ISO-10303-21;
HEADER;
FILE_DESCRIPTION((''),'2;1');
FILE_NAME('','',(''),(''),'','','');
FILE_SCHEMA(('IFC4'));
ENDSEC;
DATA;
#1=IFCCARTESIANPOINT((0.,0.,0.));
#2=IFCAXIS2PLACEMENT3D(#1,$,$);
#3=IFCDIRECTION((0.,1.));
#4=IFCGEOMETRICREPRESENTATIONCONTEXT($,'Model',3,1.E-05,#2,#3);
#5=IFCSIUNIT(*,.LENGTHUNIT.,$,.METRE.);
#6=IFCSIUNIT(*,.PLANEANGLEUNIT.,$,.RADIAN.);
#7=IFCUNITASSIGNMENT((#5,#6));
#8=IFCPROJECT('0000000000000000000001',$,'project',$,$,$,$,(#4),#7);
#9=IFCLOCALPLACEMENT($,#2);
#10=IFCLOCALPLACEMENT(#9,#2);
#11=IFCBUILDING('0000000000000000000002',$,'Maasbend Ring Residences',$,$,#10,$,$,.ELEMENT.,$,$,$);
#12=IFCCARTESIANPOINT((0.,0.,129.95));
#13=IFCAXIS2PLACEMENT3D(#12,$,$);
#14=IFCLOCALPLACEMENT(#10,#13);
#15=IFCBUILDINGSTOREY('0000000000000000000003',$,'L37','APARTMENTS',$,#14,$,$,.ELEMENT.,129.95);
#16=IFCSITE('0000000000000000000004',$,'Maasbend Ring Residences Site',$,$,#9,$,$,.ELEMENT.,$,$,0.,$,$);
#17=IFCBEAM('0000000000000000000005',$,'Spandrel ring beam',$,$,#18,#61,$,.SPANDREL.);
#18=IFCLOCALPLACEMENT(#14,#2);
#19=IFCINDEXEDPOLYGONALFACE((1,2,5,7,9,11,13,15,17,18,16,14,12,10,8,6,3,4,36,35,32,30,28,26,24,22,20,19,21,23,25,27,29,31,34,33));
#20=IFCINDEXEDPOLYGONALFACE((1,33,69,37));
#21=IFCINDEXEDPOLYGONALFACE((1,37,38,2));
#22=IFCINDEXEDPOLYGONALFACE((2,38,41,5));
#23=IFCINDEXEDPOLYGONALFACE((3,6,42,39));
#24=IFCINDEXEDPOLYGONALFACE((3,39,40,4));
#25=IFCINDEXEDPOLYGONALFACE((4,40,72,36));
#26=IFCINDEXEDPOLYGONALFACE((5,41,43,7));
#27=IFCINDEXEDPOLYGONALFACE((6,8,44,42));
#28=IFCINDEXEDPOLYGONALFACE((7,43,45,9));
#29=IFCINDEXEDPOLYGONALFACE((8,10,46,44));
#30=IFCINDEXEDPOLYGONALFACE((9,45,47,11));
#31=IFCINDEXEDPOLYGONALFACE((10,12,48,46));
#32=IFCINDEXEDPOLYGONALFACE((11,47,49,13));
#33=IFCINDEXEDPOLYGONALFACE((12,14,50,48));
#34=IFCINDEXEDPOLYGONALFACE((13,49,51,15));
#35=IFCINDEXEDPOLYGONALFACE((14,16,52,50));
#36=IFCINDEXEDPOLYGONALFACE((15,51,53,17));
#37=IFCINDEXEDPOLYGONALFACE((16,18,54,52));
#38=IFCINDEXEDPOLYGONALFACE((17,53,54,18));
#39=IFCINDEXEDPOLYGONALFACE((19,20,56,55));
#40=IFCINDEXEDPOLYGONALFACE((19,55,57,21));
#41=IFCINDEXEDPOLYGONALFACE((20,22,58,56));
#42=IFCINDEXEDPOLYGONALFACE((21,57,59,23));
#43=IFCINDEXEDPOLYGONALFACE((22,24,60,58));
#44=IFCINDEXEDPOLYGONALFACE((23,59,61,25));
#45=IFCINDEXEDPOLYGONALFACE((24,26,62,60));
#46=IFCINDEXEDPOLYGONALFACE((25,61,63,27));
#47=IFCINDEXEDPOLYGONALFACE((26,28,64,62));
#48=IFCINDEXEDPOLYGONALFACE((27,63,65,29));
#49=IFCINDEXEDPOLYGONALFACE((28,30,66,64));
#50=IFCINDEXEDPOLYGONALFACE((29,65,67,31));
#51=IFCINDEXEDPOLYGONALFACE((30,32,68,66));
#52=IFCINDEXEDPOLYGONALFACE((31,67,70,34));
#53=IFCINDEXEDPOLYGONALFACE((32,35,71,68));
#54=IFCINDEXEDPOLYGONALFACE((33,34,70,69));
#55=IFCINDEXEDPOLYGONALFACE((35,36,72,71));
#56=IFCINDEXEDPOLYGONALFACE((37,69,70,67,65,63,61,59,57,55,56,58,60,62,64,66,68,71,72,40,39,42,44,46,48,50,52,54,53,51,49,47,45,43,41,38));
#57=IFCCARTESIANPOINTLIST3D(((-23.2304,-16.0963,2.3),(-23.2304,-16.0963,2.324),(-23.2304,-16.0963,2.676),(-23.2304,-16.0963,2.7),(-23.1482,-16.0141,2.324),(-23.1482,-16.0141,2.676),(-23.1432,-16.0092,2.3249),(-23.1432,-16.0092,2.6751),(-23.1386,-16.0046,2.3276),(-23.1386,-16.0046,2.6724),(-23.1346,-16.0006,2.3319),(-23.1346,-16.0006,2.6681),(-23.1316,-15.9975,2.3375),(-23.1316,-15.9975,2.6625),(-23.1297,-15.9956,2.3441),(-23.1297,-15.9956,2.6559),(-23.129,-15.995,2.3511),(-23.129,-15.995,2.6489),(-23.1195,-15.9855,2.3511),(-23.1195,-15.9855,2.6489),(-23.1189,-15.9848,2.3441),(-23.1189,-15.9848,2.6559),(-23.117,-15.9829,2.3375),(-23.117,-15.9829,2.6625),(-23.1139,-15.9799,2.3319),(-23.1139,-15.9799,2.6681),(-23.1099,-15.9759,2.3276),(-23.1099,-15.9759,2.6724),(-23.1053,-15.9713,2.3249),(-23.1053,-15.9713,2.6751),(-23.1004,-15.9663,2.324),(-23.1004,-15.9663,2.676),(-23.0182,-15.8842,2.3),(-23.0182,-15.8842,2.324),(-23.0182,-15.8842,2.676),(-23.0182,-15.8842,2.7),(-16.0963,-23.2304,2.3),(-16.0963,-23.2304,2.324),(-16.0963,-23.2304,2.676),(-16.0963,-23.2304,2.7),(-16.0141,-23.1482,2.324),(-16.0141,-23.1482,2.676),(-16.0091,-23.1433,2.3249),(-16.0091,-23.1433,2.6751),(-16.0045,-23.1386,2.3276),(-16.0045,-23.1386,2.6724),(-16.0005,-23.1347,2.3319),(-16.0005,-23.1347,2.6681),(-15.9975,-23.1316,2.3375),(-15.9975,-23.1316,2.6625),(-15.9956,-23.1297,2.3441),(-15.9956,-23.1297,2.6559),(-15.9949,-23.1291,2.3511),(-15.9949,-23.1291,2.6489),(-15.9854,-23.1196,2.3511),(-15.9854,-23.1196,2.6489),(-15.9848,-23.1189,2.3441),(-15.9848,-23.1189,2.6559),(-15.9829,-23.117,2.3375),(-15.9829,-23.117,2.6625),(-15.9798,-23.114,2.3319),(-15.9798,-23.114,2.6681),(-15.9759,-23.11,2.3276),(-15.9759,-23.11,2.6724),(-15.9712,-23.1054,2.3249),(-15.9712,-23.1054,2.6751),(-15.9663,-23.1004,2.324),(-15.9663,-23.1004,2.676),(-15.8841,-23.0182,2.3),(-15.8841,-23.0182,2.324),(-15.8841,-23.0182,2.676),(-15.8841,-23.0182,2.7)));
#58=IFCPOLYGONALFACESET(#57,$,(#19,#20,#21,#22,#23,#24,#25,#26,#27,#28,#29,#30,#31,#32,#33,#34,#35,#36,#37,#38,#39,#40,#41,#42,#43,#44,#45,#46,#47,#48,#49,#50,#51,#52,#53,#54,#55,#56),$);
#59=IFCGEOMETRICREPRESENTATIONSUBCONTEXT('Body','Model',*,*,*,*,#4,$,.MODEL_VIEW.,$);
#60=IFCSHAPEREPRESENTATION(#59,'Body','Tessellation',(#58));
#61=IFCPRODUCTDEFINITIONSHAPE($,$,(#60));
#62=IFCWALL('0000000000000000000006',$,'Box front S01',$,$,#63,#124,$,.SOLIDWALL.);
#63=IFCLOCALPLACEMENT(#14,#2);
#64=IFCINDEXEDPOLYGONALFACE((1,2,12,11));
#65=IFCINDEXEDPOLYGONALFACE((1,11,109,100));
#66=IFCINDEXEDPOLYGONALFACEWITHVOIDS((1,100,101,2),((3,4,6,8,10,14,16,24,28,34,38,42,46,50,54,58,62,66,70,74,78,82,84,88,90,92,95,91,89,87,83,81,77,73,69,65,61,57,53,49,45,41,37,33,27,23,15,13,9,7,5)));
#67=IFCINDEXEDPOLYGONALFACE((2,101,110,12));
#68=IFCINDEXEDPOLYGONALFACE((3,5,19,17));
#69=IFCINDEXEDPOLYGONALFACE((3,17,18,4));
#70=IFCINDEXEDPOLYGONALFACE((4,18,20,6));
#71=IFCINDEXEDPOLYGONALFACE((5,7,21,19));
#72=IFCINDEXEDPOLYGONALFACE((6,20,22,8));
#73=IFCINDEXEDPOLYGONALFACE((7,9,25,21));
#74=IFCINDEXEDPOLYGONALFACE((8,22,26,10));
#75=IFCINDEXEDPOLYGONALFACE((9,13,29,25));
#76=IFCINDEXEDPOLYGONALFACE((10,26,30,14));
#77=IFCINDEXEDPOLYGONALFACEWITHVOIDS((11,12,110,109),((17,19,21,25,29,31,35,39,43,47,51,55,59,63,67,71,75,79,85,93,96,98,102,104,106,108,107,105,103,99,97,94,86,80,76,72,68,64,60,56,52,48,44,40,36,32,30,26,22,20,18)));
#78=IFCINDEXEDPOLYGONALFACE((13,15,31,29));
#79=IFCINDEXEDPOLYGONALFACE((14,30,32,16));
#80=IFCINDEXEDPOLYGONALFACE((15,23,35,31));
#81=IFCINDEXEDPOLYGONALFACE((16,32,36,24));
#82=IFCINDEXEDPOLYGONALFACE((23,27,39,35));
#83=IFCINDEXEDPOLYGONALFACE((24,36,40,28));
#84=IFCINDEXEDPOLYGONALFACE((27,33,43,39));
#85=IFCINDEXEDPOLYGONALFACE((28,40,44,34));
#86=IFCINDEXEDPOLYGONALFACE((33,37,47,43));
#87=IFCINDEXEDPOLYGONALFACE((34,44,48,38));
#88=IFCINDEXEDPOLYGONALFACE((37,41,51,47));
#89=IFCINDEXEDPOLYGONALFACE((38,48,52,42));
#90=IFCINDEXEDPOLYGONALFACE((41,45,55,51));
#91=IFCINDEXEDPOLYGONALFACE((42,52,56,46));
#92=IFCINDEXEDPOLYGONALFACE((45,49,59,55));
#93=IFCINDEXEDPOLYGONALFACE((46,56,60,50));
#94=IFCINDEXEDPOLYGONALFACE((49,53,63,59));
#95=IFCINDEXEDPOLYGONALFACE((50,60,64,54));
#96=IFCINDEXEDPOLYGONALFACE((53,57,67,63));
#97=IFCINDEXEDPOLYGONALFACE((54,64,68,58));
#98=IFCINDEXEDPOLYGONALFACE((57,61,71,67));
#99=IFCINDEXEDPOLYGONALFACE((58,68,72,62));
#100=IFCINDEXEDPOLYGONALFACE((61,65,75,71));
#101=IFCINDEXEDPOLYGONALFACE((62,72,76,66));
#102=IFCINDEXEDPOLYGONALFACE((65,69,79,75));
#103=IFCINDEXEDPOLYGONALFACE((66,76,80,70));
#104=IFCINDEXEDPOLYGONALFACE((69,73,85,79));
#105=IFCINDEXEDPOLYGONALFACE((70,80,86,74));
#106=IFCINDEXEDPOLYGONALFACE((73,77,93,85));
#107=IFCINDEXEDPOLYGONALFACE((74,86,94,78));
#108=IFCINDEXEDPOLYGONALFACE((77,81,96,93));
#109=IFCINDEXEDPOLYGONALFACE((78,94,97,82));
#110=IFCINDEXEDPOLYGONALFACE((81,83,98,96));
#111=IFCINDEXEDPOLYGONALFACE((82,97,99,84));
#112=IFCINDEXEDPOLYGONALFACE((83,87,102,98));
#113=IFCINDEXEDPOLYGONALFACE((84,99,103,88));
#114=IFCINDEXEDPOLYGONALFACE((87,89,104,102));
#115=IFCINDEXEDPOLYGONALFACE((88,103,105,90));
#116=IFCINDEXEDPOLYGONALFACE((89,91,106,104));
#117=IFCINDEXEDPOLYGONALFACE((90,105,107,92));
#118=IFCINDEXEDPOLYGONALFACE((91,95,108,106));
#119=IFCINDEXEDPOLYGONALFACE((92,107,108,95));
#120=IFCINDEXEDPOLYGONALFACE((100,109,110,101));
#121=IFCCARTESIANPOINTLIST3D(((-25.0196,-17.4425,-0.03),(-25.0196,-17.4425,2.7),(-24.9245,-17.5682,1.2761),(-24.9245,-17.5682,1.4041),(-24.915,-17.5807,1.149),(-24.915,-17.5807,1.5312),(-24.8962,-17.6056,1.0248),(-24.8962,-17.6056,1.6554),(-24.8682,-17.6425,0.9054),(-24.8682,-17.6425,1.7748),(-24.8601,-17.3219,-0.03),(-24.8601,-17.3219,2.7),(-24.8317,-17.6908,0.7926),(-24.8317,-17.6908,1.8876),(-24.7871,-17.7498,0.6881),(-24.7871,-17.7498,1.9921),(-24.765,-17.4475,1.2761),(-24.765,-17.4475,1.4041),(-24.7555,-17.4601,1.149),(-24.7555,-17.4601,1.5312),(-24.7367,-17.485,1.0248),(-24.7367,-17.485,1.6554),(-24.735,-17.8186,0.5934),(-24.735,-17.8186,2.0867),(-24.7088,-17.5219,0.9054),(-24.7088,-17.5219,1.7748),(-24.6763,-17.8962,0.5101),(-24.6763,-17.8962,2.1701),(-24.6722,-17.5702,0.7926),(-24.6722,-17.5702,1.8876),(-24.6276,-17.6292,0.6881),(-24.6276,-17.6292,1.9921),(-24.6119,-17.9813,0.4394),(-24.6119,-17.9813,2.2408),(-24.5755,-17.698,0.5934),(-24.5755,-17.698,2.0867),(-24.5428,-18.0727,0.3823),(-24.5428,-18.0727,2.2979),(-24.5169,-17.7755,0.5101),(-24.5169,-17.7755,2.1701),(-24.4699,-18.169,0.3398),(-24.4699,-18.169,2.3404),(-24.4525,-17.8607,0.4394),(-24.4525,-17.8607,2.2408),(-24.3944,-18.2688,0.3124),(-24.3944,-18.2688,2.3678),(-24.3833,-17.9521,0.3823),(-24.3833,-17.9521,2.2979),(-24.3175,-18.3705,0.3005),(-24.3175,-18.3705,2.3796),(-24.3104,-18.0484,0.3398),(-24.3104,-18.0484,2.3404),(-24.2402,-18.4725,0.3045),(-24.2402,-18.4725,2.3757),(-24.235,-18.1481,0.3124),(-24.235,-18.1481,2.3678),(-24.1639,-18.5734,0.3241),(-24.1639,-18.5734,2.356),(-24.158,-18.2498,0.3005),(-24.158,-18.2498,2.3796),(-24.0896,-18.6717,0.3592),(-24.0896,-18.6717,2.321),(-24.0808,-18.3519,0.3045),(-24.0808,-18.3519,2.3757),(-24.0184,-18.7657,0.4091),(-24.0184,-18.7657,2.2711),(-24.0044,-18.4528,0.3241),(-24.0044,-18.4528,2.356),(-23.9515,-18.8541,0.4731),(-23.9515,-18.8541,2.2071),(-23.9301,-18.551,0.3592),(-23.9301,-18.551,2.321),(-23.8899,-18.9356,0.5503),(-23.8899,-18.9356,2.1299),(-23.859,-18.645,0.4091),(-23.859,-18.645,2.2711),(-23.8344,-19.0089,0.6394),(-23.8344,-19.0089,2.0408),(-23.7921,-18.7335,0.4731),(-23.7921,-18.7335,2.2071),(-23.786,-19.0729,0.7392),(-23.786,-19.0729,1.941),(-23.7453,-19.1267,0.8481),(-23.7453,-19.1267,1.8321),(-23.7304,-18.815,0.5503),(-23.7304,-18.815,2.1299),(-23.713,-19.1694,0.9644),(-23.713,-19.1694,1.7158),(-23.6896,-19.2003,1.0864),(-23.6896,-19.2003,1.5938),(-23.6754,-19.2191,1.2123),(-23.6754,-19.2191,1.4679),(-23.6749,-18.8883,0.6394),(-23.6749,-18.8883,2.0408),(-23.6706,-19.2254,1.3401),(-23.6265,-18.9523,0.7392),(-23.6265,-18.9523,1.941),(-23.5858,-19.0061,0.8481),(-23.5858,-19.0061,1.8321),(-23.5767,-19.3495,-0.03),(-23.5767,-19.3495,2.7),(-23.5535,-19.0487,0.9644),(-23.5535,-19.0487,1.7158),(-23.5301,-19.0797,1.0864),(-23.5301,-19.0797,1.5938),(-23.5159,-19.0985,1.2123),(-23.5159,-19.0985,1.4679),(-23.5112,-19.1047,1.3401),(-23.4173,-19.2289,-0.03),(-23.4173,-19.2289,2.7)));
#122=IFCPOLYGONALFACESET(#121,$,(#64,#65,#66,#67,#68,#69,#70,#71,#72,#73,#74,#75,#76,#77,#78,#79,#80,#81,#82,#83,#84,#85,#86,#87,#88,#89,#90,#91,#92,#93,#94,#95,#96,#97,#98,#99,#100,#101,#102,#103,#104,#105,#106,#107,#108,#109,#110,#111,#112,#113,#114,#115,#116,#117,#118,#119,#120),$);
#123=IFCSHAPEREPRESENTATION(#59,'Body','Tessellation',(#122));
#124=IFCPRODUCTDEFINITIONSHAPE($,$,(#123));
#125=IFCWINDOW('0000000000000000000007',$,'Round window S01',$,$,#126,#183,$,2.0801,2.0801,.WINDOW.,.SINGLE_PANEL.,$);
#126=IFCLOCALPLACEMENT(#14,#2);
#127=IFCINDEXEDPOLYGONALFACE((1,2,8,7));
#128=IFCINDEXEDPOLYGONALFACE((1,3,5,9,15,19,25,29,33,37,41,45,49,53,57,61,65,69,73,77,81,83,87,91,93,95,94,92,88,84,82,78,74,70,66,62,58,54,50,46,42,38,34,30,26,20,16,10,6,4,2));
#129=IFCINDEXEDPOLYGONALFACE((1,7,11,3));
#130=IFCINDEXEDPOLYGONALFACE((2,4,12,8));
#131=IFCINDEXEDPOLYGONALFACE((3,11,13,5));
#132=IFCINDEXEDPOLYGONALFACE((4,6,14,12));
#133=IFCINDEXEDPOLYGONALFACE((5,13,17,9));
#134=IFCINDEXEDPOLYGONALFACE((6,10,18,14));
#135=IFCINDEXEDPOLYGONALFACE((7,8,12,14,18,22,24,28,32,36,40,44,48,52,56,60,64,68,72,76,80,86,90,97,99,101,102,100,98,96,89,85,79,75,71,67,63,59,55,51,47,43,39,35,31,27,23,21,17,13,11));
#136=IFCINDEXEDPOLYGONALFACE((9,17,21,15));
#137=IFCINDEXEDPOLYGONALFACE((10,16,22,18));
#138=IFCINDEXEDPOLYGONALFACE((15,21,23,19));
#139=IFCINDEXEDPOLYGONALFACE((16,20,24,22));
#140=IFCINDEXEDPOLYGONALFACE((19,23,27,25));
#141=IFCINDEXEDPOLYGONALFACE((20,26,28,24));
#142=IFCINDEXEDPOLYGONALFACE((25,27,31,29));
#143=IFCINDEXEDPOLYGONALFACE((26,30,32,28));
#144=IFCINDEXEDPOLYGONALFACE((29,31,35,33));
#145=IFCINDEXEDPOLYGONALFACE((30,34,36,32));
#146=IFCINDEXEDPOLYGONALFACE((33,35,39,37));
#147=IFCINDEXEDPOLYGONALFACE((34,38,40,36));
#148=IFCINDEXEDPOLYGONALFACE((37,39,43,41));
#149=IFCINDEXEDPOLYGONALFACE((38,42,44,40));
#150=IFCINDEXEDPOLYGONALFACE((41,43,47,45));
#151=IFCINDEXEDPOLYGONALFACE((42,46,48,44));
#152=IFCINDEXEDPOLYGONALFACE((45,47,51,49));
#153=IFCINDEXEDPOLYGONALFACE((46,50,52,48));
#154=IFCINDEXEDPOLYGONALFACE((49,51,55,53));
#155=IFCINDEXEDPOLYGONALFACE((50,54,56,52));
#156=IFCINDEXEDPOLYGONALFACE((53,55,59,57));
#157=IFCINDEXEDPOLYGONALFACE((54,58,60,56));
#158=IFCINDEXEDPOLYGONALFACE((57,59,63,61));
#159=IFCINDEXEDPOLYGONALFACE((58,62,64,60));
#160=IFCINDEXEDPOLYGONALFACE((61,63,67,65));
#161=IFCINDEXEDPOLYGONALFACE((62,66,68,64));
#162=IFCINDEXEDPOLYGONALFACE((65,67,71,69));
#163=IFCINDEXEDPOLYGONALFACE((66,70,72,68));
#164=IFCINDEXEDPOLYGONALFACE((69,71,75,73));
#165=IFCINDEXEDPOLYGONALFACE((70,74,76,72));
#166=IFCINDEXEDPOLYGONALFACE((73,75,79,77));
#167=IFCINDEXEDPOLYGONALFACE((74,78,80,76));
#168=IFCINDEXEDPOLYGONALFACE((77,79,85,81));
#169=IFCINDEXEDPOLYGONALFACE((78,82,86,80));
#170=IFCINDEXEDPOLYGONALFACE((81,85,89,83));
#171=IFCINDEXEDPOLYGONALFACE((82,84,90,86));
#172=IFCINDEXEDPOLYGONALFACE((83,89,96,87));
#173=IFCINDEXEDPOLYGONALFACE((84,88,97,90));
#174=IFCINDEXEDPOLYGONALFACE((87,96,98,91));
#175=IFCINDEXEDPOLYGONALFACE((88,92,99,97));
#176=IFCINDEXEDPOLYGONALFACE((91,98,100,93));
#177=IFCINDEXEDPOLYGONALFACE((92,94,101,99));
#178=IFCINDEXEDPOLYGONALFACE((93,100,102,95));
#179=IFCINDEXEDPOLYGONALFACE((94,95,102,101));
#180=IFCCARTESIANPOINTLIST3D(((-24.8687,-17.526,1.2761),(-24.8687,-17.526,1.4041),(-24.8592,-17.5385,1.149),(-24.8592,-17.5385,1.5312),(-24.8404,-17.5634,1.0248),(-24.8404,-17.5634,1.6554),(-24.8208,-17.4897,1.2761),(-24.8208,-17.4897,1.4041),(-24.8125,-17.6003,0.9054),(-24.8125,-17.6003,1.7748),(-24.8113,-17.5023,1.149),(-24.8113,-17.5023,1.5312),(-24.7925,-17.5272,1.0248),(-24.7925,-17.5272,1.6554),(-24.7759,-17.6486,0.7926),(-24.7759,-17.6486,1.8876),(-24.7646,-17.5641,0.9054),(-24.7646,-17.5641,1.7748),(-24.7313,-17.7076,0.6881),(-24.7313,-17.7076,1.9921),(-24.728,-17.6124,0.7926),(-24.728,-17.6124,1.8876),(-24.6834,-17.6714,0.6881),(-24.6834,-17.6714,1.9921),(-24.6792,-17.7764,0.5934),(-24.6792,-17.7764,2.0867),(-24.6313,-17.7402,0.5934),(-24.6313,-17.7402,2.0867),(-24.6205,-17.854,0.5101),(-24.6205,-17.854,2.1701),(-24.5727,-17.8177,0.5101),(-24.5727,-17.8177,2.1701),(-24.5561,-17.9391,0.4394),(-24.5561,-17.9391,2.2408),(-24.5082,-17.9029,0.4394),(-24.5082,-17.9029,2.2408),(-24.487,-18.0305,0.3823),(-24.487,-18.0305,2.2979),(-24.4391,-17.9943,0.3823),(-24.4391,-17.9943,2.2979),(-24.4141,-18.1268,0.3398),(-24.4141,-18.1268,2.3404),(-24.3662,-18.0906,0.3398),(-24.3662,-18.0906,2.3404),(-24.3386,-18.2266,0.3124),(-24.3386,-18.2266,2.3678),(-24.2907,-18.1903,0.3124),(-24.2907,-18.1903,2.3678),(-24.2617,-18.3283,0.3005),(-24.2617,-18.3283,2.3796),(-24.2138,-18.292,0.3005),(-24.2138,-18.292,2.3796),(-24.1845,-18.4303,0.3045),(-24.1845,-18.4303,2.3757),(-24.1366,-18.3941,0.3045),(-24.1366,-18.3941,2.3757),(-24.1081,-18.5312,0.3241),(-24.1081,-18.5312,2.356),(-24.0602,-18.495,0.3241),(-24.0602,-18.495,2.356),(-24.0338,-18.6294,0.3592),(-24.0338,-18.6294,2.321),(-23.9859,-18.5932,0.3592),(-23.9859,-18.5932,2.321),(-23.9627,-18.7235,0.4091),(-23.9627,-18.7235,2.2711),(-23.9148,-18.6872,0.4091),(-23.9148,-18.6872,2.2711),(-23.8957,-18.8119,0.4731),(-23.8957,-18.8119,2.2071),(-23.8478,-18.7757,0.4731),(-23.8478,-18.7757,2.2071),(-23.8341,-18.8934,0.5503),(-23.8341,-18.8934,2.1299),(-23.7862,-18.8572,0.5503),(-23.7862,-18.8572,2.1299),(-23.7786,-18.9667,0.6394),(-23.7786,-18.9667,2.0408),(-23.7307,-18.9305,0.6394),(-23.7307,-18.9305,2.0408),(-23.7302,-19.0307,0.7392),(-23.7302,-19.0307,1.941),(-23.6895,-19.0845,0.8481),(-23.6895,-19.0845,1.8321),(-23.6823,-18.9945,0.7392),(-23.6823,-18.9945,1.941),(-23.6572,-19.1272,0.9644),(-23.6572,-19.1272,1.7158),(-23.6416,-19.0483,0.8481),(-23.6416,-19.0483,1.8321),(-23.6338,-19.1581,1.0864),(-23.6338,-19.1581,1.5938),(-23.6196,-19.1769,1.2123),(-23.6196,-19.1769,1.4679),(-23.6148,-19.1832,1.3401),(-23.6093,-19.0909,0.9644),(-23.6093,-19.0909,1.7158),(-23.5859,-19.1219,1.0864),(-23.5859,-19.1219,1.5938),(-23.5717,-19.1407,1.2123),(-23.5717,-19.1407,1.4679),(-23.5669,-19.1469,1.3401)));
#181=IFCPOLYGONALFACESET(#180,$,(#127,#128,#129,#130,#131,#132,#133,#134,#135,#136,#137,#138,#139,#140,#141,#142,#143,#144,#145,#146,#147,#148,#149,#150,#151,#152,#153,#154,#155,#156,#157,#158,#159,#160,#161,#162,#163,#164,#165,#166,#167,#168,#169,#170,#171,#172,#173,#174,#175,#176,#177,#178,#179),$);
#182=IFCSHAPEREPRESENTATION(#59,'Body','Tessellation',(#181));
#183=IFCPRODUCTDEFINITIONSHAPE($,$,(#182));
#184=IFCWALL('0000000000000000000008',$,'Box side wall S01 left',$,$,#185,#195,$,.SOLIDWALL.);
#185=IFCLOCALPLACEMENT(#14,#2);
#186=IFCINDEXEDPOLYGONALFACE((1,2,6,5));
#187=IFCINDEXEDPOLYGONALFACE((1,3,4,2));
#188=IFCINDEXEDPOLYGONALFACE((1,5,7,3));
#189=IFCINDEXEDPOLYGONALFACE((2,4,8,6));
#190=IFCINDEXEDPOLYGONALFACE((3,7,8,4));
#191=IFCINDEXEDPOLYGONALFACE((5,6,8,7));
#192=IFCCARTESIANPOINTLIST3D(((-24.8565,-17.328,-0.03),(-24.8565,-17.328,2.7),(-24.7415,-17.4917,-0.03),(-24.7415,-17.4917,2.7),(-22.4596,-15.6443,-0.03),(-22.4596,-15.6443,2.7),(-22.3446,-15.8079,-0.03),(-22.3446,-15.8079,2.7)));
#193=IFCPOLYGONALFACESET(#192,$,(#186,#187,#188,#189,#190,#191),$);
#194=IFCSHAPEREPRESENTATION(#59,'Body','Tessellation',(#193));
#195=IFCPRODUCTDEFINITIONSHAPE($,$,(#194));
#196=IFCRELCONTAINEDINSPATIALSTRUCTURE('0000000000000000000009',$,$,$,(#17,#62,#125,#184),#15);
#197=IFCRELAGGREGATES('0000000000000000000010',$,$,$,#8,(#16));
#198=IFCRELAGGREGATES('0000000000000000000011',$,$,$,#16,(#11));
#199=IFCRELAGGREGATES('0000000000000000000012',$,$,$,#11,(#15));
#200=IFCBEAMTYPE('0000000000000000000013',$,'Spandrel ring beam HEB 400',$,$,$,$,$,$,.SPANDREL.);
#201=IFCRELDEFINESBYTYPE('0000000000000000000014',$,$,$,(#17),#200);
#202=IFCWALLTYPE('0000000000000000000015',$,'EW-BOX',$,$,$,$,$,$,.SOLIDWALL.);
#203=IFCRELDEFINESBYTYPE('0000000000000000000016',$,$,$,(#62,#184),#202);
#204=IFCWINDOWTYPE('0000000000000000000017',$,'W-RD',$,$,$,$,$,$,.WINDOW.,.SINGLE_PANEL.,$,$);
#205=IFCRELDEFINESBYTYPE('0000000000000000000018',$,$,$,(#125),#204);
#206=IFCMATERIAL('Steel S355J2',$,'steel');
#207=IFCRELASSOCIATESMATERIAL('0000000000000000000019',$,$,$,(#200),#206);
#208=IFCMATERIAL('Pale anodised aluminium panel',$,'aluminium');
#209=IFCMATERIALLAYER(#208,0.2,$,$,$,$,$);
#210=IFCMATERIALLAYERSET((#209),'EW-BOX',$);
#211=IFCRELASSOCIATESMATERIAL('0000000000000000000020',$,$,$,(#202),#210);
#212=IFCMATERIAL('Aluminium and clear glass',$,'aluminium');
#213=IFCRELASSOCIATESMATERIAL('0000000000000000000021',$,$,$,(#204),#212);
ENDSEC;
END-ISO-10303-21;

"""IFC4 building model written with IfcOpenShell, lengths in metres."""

from ifc_helpers import new_model, si_unit, direction, frame, frame_2d, origin, origin_2d, place, context, subcontext, project, spatial, rectangle, circle, i_section, extrude, material, layer, layer_set, material_profile, profile_set, type_object, element, fill, save


model = new_model("IFC4")

# Units and contexts
model_context = context("Model", 3, precision=1e-05, world=origin(), true_north=direction((0.0, 1.0)))
body_context = subcontext(model_context, "Body", "Model", "MODEL_VIEW")
ifc_project = project(units=[si_unit("LENGTHUNIT", "METRE"), si_unit("PLANEANGLEUNIT", "RADIAN")], contexts=[model_context])

# Site, building, storey
site_placement = place(None, origin())
site = spatial("IfcSite", under=ifc_project, at=site_placement, Name="Maasbend Ring Residences Site", CompositionType="ELEMENT", RefElevation=0.0)
building_placement = place(site_placement, origin())
building = spatial("IfcBuilding", under=site, at=building_placement, Name="Maasbend Ring Residences", CompositionType="ELEMENT")
storey_placement = place(building_placement, frame((0.0, 0.0, 129.95)))
storey = spatial("IfcBuildingStorey", under=building, at=storey_placement, Name="L37", Description="APARTMENTS", CompositionType="ELEMENT", Elevation=129.95)

# Beam
ifc_material_1 = material(Name="Steel S355J2", Category="steel")
ifc_material_profile_1 = material_profile(ifc_material_1, i_section(OverallWidth=0.3, OverallDepth=0.3999, WebThickness=0.0134, FlangeThickness=0.0239, FilletRadius=0.0271, at=origin_2d()), Name="HEB 400")
ifc_profile_set_1 = profile_set([ifc_material_profile_1], Name="Steel S355J2")
beam_type_1 = type_object("IfcBeamType", Name="Spandrel ring beam HEB 400", PredefinedType="SPANDREL", material=ifc_profile_set_1)
beam_1_placement = place(storey_placement, frame((-23.1243, -15.9902, 2.5), z_axis=(0.707107, -0.707107, 0.0), x_axis=(0.707107, 0.707107, 0.0)))
element("IfcBeam", 1, at=beam_1_placement, inside=storey, type_object=beam_type_1, Name="Spandrel ring beam", PredefinedType="SPANDREL", context=body_context, shape_type="SweptSolid", body=[
    extrude(i_section(OverallWidth=0.3, OverallDepth=0.3999, WebThickness=0.0134, FlangeThickness=0.0239, FilletRadius=0.0271, at=origin_2d()), origin(), (0.0, 0.0, 1.0), 10.0891),
])

# Wall, opening, window
ifc_material_2 = material(Name="Pale anodised aluminium panel", Category="aluminium")
ifc_layer_1 = layer(ifc_material_2, 0.2)
ifc_layer_set_1 = layer_set([ifc_layer_1], Name="EW-BOX")
wall_type_1 = type_object("IfcWallType", Name="EW-BOX", PredefinedType="SOLIDWALL", material=ifc_layer_set_1)
wall_1_placement = place(storey_placement, frame((-24.9399, -17.3821, -0.03), z_axis=(0.0, 0.0, 1.0), x_axis=(0.603376, -0.797457, 0.0)))
wall_1 = element("IfcWall", 2, at=wall_1_placement, inside=storey, type_object=wall_type_1, Name="Box front S01", PredefinedType="SOLIDWALL", context=body_context, shape_type="SweptSolid", body=[
    extrude(rectangle(XDim=2.3914, YDim=0.2, at=frame_2d((1.1958, 0.0))), origin(), (0.0, 0.0, 1.0), 2.73),
])
opening_1_placement = place(wall_1_placement, frame((0.1558, 0.0, 0.3301)))
opening_1 = element("IfcOpeningElement", 3, at=opening_1_placement, cuts=wall_1, PredefinedType="OPENING", context=body_context, shape_type="SweptSolid", body=[
    extrude(circle(Radius=1.04, at=frame_2d((1.04, 1.04))), frame((0.0, 0.1099, 0.0), z_axis=(0.0, -1.0, 0.0), x_axis=(1.0, 0.0, 0.0)), (0.0, 0.0, 1.0), 0.22),
])
ifc_material_3 = material(Name="Aluminium and clear glass", Category="aluminium")
window_type_1 = type_object("IfcWindowType", Name="W-RD", PartitioningType="SINGLE_PANEL", PredefinedType="WINDOW", material=ifc_material_3)
window_1_placement = place(opening_1_placement, origin())
window_1 = element("IfcWindow", 4, at=window_1_placement, inside=storey, type_object=window_type_1, Name="Round window S01", OverallHeight=2.0801, OverallWidth=2.0801, PartitioningType="SINGLE_PANEL", PredefinedType="WINDOW", context=body_context, shape_type="SweptSolid", body=[
    extrude(circle(Radius=1.04, at=frame_2d((1.04, 1.04))), frame((0.0, 0.03, 0.0), z_axis=(0.0, -1.0, 0.0), x_axis=(1.0, 0.0, 0.0)), (0.0, 0.0, 1.0), 0.0601),
])
fill(opening_1, window_1)

# Wall
wall_2_placement = place(storey_placement, frame((-22.4021, -15.7261, -0.03), z_axis=(0.0, 0.0, 1.0), x_axis=(-0.818275, -0.574826, 0.0)))
element("IfcWall", 5, at=wall_2_placement, inside=storey, type_object=wall_type_1, Name="Box side wall S01 left", PredefinedType="SOLIDWALL", context=body_context, shape_type="SweptSolid", body=[
    extrude(rectangle(XDim=2.9292, YDim=0.2, at=frame_2d((1.4646, 0.0))), origin(), (0.0, 0.0, 1.0), 2.73),
])

save(model, "model.ifc")
